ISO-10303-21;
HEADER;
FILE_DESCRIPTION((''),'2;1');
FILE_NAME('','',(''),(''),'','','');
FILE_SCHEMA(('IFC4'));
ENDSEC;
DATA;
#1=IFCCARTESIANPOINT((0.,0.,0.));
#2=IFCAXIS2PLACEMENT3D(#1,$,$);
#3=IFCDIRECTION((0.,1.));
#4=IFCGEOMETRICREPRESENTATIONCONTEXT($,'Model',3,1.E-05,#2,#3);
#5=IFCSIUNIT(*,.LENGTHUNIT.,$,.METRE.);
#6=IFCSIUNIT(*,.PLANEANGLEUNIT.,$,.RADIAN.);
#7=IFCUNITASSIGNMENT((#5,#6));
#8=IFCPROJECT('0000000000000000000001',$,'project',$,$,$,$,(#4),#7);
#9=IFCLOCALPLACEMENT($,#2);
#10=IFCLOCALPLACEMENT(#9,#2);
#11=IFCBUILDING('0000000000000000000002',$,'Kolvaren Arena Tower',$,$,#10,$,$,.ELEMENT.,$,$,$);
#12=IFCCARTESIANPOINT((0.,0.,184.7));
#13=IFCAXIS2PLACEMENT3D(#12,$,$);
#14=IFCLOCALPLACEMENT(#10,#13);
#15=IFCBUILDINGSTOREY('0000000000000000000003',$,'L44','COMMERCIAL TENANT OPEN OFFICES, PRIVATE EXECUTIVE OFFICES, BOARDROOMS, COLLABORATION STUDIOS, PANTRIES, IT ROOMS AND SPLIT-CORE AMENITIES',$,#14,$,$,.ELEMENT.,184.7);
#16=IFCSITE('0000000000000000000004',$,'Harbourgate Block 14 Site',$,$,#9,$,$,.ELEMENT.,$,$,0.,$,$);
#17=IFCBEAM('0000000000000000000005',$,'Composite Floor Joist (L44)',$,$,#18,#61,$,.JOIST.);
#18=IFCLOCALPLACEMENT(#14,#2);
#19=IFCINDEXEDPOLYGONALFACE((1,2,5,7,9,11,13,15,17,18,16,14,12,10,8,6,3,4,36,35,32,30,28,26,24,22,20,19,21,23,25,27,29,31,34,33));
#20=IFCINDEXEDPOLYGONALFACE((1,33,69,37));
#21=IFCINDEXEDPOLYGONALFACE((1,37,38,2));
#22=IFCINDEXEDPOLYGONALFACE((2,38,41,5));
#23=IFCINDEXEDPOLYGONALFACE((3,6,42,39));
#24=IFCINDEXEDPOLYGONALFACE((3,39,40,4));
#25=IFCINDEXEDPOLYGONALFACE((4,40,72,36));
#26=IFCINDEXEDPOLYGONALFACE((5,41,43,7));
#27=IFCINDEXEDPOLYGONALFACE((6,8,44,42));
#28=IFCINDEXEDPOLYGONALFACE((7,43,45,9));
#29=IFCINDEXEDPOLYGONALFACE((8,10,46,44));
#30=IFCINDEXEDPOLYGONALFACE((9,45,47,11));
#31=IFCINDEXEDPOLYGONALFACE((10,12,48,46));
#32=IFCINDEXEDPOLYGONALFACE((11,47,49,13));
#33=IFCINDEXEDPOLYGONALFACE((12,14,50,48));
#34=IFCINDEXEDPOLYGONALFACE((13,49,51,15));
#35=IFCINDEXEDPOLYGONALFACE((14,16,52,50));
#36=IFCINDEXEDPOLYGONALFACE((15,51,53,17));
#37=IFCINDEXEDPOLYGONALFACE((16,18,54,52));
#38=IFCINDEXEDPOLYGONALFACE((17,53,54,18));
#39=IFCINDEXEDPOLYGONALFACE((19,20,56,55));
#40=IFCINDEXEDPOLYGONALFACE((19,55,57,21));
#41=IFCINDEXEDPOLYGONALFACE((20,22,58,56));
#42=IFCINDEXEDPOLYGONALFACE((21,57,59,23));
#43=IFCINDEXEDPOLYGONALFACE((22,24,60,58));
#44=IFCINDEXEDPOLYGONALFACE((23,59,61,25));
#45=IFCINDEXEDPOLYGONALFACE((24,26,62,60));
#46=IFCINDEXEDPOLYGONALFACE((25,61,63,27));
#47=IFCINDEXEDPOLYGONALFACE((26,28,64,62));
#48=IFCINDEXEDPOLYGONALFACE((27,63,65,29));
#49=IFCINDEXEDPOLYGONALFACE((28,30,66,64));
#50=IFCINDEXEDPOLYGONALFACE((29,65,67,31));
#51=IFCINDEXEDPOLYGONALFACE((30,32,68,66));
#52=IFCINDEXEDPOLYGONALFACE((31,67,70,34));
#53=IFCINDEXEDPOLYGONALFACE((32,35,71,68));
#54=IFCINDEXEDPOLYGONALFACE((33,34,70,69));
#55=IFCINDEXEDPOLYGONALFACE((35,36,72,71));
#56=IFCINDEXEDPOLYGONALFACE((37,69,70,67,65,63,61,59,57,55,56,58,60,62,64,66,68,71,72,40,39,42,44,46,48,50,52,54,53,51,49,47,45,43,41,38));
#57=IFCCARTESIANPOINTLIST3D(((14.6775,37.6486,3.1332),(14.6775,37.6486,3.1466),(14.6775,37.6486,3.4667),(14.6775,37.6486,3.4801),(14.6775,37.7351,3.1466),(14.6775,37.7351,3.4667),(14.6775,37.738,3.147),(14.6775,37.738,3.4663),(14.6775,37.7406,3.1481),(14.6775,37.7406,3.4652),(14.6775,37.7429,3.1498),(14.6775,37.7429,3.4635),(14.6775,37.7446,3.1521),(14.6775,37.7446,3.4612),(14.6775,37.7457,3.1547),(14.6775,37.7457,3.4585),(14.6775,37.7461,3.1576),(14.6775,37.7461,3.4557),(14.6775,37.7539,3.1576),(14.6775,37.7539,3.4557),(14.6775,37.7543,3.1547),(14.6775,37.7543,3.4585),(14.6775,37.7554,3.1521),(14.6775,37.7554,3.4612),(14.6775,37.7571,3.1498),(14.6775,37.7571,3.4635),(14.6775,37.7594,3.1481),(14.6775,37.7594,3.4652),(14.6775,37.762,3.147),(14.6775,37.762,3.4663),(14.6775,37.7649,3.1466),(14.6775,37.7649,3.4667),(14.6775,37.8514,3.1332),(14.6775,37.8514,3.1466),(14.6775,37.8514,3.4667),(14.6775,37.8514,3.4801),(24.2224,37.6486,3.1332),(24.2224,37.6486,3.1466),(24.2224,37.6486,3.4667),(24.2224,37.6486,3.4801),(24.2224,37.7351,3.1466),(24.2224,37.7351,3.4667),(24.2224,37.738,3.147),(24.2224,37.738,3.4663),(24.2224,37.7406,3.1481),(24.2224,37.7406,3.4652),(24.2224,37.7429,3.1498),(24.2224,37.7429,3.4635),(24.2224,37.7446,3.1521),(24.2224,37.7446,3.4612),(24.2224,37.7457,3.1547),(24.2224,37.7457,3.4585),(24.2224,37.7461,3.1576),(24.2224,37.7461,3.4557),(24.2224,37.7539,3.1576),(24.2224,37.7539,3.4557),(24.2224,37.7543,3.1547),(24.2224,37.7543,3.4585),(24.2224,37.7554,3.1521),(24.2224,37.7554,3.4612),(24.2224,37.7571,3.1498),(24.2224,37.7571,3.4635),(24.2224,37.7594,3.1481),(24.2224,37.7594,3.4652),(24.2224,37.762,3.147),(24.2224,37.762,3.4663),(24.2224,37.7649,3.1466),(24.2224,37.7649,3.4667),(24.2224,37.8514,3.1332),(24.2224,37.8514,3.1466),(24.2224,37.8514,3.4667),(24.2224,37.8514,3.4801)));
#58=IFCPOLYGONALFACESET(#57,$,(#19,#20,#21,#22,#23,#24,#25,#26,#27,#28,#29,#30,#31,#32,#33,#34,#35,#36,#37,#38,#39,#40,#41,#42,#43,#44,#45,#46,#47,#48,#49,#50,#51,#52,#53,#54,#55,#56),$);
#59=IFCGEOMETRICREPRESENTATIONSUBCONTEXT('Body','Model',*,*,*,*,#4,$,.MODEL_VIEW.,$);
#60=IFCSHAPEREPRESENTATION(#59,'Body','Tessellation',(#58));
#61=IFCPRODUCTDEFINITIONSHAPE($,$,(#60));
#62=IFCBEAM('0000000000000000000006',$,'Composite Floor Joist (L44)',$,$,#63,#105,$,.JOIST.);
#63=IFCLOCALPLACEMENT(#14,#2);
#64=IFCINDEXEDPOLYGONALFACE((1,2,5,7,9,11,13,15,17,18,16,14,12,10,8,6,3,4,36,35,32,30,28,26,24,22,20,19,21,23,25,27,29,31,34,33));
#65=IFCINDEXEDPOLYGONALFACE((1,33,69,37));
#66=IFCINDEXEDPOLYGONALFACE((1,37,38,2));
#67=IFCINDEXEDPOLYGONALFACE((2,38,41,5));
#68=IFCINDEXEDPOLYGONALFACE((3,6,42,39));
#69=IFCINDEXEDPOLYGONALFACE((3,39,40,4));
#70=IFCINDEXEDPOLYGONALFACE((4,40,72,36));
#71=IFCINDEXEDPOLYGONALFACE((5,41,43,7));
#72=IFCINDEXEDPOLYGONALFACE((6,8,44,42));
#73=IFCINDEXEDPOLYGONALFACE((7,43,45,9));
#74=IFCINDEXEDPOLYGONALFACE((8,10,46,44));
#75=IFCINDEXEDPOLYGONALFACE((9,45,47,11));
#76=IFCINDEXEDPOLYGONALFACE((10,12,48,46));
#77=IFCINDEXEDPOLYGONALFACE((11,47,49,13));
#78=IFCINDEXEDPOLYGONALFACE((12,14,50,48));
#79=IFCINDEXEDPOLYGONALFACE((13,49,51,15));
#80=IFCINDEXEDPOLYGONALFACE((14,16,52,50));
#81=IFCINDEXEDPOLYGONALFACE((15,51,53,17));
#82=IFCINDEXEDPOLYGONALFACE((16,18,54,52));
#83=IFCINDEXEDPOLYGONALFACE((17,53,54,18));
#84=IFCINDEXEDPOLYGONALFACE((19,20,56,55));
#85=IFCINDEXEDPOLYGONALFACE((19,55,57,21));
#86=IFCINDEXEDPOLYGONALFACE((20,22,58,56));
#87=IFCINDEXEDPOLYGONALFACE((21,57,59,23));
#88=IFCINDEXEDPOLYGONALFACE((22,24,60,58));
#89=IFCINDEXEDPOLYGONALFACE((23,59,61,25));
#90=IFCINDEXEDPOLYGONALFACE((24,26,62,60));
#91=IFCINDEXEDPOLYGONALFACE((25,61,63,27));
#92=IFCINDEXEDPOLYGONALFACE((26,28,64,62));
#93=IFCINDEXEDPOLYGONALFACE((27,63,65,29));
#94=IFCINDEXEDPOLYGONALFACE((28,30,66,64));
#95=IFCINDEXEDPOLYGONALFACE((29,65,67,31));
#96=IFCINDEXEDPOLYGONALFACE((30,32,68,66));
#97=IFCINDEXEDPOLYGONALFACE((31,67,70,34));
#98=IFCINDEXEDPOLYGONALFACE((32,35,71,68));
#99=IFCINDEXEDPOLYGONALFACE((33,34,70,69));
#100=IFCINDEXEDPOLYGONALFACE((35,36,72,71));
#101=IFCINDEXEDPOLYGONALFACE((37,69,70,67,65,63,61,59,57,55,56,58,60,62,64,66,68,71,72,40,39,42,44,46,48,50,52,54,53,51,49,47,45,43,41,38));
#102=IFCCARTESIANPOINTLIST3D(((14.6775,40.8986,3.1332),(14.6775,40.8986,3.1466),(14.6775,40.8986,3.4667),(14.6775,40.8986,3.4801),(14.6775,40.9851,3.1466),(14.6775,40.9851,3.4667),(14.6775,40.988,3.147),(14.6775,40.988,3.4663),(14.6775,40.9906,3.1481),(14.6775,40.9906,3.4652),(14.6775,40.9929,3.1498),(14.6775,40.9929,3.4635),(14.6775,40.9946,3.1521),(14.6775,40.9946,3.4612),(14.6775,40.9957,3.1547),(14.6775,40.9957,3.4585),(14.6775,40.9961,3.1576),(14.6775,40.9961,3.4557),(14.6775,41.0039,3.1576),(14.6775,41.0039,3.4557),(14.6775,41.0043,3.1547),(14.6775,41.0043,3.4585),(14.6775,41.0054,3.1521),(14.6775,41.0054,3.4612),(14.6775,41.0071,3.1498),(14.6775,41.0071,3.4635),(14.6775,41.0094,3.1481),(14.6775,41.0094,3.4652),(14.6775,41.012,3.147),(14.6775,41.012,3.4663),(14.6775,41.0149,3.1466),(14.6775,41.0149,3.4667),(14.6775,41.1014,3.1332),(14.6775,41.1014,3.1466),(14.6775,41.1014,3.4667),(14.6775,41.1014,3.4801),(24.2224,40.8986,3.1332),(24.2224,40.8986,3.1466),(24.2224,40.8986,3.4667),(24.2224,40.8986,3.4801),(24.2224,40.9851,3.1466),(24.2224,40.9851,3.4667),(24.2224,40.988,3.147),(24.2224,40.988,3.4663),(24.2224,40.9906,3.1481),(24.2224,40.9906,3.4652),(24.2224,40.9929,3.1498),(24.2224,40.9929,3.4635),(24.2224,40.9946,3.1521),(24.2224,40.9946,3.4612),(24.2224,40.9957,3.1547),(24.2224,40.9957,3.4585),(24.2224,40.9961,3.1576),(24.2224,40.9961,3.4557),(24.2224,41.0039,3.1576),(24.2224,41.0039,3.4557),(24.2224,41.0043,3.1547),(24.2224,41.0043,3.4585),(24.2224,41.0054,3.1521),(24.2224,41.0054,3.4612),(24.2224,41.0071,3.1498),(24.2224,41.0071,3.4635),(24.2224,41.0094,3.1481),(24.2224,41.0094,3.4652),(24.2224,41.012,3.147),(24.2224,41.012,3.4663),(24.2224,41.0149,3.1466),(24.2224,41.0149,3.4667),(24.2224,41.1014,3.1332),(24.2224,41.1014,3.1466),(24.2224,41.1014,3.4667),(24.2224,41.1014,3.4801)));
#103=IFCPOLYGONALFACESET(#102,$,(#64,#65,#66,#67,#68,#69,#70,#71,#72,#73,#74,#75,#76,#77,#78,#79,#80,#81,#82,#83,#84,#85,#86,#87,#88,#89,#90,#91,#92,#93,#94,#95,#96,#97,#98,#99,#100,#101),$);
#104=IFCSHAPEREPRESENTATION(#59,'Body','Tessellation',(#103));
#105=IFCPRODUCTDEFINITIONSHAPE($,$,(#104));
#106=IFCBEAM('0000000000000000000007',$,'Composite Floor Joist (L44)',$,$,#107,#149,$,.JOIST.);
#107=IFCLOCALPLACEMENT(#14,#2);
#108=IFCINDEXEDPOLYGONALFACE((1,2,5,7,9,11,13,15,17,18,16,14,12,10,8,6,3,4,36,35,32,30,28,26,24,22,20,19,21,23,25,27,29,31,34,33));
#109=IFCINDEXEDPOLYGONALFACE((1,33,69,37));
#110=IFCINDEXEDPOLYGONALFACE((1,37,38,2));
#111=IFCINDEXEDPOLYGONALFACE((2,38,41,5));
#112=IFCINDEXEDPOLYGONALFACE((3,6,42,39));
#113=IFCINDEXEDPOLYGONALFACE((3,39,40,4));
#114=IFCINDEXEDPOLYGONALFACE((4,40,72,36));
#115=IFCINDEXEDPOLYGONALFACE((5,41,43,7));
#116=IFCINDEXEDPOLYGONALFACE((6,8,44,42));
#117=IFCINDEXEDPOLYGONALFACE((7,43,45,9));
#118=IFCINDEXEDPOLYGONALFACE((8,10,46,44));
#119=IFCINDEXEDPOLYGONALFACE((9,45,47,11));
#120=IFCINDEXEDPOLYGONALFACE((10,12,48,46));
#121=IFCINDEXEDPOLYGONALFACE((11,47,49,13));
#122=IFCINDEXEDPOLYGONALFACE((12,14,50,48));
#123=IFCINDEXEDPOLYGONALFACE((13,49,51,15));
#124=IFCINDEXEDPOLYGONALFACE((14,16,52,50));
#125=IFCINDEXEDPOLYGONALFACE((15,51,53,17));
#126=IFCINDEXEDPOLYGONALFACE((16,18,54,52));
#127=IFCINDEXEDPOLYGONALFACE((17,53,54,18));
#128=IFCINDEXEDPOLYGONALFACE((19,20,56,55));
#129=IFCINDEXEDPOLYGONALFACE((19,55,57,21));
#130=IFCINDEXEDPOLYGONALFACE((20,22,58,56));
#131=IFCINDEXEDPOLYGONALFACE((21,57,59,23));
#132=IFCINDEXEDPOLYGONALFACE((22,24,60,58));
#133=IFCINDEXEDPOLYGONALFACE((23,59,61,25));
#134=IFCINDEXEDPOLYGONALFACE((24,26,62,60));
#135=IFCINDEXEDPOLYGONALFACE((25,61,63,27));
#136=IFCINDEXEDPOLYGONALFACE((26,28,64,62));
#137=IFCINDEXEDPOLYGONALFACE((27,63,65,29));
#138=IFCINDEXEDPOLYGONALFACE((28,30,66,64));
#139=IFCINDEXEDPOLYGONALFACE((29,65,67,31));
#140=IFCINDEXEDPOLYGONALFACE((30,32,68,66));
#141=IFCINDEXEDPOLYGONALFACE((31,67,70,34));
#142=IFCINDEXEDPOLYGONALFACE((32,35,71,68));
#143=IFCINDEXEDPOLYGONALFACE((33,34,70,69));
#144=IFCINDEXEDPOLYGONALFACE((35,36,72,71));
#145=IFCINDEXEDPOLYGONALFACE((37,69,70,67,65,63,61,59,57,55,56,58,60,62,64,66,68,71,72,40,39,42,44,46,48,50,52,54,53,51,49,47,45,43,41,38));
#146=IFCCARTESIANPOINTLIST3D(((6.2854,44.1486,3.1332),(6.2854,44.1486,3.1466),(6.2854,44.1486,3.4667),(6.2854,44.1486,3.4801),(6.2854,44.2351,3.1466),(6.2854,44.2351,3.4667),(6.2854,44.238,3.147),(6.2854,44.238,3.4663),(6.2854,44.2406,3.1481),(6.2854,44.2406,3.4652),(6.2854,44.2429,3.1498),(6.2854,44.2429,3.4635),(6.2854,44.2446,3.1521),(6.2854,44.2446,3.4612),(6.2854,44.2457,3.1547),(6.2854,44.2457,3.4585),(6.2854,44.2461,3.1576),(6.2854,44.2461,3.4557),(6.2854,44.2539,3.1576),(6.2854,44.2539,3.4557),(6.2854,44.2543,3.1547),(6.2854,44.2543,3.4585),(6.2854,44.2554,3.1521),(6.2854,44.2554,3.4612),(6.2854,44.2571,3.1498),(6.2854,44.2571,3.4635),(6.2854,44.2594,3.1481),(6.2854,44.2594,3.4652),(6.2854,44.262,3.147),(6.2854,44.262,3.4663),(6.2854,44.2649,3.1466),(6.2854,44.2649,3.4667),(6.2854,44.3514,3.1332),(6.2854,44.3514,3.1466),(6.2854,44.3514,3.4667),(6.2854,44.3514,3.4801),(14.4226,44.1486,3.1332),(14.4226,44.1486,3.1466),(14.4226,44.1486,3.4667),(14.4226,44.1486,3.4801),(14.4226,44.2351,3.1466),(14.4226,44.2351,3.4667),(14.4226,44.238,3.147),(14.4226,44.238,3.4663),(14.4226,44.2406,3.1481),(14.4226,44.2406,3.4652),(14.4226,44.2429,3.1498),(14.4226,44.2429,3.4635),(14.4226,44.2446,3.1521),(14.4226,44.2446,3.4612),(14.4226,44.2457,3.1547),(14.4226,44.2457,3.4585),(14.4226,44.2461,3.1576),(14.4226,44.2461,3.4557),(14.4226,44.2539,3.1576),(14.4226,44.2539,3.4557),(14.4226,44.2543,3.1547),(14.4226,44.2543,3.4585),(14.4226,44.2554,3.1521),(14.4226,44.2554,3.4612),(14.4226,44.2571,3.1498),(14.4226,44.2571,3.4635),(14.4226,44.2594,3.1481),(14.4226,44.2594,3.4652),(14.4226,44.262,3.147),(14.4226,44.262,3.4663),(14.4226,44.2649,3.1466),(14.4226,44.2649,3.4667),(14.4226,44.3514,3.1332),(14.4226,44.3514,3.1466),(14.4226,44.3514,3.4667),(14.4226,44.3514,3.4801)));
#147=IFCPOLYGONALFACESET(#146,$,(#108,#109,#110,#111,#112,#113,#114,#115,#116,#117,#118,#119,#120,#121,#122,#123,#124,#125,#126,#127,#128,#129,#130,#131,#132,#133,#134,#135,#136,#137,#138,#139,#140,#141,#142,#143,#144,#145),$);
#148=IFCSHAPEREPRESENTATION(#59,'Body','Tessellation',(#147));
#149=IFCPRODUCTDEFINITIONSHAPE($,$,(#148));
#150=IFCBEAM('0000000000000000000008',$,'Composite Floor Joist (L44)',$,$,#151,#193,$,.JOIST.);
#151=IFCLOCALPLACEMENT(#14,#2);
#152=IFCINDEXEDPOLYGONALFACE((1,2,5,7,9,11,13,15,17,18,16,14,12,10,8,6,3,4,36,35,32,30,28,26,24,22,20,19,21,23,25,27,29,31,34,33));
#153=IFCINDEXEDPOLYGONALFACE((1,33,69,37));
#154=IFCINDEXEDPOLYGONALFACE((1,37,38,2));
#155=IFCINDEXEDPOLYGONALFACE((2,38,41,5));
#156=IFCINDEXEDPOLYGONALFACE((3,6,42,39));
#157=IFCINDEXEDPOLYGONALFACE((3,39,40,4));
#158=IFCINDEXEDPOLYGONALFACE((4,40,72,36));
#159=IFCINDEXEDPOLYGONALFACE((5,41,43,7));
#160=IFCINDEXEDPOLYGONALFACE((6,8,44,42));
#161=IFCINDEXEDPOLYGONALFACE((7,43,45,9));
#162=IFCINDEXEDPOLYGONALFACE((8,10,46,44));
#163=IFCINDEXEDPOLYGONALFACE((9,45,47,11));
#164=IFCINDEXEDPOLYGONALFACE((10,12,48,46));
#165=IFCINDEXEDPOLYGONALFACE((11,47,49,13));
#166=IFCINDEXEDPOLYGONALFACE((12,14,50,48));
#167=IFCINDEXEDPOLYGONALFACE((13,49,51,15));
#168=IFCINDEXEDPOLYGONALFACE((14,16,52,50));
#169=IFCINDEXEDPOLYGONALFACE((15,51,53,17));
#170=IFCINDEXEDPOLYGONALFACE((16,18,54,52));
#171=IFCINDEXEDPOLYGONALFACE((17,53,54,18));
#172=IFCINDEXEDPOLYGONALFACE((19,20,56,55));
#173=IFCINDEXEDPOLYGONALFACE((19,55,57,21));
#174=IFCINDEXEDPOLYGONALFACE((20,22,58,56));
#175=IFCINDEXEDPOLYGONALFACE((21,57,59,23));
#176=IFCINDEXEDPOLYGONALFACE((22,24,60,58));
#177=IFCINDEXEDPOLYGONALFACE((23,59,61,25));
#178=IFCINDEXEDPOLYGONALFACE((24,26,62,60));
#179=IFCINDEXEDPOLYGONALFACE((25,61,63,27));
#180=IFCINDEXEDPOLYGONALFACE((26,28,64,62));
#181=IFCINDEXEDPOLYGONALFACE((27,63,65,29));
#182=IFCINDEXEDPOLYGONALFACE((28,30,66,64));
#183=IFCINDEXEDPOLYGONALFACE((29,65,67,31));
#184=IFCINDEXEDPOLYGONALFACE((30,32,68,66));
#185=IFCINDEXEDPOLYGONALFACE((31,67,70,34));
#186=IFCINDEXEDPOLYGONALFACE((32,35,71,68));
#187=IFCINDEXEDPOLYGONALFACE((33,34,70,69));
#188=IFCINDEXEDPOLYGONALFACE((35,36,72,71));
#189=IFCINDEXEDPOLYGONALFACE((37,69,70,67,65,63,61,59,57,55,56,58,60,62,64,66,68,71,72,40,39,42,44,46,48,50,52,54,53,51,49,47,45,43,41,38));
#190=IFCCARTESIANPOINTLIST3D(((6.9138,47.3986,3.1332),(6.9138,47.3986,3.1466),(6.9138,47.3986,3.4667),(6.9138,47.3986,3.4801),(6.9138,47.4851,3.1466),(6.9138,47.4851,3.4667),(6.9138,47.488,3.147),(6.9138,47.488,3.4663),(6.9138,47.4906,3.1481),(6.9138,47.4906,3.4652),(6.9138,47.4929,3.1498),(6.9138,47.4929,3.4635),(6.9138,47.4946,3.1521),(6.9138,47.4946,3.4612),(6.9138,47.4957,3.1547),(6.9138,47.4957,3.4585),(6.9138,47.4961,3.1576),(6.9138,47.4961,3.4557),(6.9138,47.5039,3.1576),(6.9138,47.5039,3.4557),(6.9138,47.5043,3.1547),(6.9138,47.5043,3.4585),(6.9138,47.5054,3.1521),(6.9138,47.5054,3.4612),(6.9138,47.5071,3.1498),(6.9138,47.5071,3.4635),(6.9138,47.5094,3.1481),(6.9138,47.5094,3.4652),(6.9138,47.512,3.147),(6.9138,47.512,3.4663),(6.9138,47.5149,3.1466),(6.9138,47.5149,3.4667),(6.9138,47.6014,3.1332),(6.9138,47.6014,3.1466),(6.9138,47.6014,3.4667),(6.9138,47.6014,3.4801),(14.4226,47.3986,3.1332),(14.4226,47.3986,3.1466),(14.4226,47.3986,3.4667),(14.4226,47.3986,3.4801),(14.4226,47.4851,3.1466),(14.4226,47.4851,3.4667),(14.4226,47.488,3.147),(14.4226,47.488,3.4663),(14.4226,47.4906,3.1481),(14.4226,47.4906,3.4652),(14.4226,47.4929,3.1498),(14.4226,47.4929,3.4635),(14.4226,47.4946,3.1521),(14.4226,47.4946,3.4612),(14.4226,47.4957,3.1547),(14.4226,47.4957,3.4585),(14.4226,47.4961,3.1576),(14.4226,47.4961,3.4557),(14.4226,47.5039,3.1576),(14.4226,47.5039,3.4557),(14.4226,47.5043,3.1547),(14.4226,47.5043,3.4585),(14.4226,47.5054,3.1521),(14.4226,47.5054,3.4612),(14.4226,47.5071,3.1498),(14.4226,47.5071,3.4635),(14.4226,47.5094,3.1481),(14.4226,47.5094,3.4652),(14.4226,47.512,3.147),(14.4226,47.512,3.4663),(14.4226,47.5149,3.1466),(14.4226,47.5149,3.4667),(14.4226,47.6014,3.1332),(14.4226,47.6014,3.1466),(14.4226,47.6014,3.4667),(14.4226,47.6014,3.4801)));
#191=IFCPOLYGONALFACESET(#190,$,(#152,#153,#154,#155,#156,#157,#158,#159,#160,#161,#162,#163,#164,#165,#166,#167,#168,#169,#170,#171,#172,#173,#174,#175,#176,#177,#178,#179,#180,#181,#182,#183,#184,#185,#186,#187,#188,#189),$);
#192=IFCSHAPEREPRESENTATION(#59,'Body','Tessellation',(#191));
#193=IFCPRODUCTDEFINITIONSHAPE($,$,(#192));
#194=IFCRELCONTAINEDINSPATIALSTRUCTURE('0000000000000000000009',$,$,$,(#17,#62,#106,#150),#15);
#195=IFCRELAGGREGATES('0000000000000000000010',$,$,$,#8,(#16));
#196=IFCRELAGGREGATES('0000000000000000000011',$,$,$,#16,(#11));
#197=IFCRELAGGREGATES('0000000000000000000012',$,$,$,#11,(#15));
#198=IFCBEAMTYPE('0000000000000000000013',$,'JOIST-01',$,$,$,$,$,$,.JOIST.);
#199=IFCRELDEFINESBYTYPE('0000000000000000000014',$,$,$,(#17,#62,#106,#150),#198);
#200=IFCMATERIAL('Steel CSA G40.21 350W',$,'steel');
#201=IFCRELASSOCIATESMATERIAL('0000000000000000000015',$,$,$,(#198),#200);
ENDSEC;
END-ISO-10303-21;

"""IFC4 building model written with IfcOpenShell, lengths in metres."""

from ifc_helpers import new_model, si_unit, direction, frame, origin, origin_2d, place, context, subcontext, project, spatial, i_section, extrude, material, material_profile, profile_set, type_object, element, save


model = new_model("IFC4")

# Units and contexts
model_context = context("Model", 3, precision=1e-05, world=origin(), true_north=direction((0.0, 1.0)))
body_context = subcontext(model_context, "Body", "Model", "MODEL_VIEW")
ifc_project = project(units=[si_unit("LENGTHUNIT", "METRE"), si_unit("PLANEANGLEUNIT", "RADIAN")], contexts=[model_context])

# Site, building, storey
site_placement = place(None, origin())
site = spatial("IfcSite", under=ifc_project, at=site_placement, Name="Harbourgate Block 14 Site", CompositionType="ELEMENT", RefElevation=0.0)
building_placement = place(site_placement, origin())
building = spatial("IfcBuilding", under=site, at=building_placement, Name="Kolvaren Arena Tower", CompositionType="ELEMENT")
storey_placement = place(building_placement, frame((0.0, 0.0, 184.7)))
storey = spatial("IfcBuildingStorey", under=building, at=storey_placement, Name="L44", Description="COMMERCIAL TENANT OPEN OFFICES, PRIVATE EXECUTIVE OFFICES, BOARDROOMS, COLLABORATION STUDIOS, PANTRIES, IT ROOMS AND SPLIT-CORE AMENITIES", CompositionType="ELEMENT", Elevation=184.7)

# Beams
ifc_material_1 = material(Name="Steel CSA G40.21 350W", Category="steel")
ifc_material_profile_1 = material_profile(ifc_material_1, i_section(OverallWidth=0.2029, OverallDepth=0.3469, WebThickness=0.0078, FlangeThickness=0.0134, FilletRadius=0.011, at=origin_2d()), Name="W360x64")
ifc_profile_set_1 = profile_set([ifc_material_profile_1], Name="Steel CSA G40.21 350W")
beam_type_1 = type_object("IfcBeamType", Name="JOIST-01", PredefinedType="JOIST", material=ifc_profile_set_1)
for number, where, z_axis, x_axis, name in (
    (1, (14.6775, 37.75, 3.3066), (1.0, 0.0, 0.0), (0.0, 1.0, 0.0), "Composite Floor Joist (L44)"),
    (2, (14.6775, 41.0, 3.3066), (1.0, 0.0, 0.0), (0.0, 1.0, 0.0), "Composite Floor Joist (L44)"),
):
    element("IfcBeam", number, at=place(storey_placement, frame(where, z_axis=z_axis, x_axis=x_axis)), inside=storey, type_object=beam_type_1, Name=name, PredefinedType="JOIST", context=body_context, shape_type="SweptSolid", body=[
        extrude(i_section(OverallWidth=0.2029, OverallDepth=0.3469, WebThickness=0.0078, FlangeThickness=0.0134, FilletRadius=0.011, at=origin_2d()), origin(), (0.0, 0.0, 1.0), 9.5449),
    ])
beam_1_placement = place(storey_placement, frame((6.2854, 44.25, 3.3066), z_axis=(1.0, 0.0, 0.0), x_axis=(0.0, 1.0, 0.0)))
element("IfcBeam", 3, at=beam_1_placement, inside=storey, type_object=beam_type_1, Name="Composite Floor Joist (L44)", PredefinedType="JOIST", context=body_context, shape_type="SweptSolid", body=[
    extrude(i_section(OverallWidth=0.2029, OverallDepth=0.3469, WebThickness=0.0078, FlangeThickness=0.0134, FilletRadius=0.011, at=origin_2d()), origin(), (0.0, 0.0, 1.0), 8.1372),
])
beam_2_placement = place(storey_placement, frame((6.9138, 47.5, 3.3066), z_axis=(1.0, 0.0, 0.0), x_axis=(0.0, 1.0, 0.0)))
element("IfcBeam", 4, at=beam_2_placement, inside=storey, type_object=beam_type_1, Name="Composite Floor Joist (L44)", PredefinedType="JOIST", context=body_context, shape_type="SweptSolid", body=[
    extrude(i_section(OverallWidth=0.2029, OverallDepth=0.3469, WebThickness=0.0078, FlangeThickness=0.0134, FilletRadius=0.011, at=origin_2d()), origin(), (0.0, 0.0, 1.0), 7.5088),
])

save(model, "model.ifc")
